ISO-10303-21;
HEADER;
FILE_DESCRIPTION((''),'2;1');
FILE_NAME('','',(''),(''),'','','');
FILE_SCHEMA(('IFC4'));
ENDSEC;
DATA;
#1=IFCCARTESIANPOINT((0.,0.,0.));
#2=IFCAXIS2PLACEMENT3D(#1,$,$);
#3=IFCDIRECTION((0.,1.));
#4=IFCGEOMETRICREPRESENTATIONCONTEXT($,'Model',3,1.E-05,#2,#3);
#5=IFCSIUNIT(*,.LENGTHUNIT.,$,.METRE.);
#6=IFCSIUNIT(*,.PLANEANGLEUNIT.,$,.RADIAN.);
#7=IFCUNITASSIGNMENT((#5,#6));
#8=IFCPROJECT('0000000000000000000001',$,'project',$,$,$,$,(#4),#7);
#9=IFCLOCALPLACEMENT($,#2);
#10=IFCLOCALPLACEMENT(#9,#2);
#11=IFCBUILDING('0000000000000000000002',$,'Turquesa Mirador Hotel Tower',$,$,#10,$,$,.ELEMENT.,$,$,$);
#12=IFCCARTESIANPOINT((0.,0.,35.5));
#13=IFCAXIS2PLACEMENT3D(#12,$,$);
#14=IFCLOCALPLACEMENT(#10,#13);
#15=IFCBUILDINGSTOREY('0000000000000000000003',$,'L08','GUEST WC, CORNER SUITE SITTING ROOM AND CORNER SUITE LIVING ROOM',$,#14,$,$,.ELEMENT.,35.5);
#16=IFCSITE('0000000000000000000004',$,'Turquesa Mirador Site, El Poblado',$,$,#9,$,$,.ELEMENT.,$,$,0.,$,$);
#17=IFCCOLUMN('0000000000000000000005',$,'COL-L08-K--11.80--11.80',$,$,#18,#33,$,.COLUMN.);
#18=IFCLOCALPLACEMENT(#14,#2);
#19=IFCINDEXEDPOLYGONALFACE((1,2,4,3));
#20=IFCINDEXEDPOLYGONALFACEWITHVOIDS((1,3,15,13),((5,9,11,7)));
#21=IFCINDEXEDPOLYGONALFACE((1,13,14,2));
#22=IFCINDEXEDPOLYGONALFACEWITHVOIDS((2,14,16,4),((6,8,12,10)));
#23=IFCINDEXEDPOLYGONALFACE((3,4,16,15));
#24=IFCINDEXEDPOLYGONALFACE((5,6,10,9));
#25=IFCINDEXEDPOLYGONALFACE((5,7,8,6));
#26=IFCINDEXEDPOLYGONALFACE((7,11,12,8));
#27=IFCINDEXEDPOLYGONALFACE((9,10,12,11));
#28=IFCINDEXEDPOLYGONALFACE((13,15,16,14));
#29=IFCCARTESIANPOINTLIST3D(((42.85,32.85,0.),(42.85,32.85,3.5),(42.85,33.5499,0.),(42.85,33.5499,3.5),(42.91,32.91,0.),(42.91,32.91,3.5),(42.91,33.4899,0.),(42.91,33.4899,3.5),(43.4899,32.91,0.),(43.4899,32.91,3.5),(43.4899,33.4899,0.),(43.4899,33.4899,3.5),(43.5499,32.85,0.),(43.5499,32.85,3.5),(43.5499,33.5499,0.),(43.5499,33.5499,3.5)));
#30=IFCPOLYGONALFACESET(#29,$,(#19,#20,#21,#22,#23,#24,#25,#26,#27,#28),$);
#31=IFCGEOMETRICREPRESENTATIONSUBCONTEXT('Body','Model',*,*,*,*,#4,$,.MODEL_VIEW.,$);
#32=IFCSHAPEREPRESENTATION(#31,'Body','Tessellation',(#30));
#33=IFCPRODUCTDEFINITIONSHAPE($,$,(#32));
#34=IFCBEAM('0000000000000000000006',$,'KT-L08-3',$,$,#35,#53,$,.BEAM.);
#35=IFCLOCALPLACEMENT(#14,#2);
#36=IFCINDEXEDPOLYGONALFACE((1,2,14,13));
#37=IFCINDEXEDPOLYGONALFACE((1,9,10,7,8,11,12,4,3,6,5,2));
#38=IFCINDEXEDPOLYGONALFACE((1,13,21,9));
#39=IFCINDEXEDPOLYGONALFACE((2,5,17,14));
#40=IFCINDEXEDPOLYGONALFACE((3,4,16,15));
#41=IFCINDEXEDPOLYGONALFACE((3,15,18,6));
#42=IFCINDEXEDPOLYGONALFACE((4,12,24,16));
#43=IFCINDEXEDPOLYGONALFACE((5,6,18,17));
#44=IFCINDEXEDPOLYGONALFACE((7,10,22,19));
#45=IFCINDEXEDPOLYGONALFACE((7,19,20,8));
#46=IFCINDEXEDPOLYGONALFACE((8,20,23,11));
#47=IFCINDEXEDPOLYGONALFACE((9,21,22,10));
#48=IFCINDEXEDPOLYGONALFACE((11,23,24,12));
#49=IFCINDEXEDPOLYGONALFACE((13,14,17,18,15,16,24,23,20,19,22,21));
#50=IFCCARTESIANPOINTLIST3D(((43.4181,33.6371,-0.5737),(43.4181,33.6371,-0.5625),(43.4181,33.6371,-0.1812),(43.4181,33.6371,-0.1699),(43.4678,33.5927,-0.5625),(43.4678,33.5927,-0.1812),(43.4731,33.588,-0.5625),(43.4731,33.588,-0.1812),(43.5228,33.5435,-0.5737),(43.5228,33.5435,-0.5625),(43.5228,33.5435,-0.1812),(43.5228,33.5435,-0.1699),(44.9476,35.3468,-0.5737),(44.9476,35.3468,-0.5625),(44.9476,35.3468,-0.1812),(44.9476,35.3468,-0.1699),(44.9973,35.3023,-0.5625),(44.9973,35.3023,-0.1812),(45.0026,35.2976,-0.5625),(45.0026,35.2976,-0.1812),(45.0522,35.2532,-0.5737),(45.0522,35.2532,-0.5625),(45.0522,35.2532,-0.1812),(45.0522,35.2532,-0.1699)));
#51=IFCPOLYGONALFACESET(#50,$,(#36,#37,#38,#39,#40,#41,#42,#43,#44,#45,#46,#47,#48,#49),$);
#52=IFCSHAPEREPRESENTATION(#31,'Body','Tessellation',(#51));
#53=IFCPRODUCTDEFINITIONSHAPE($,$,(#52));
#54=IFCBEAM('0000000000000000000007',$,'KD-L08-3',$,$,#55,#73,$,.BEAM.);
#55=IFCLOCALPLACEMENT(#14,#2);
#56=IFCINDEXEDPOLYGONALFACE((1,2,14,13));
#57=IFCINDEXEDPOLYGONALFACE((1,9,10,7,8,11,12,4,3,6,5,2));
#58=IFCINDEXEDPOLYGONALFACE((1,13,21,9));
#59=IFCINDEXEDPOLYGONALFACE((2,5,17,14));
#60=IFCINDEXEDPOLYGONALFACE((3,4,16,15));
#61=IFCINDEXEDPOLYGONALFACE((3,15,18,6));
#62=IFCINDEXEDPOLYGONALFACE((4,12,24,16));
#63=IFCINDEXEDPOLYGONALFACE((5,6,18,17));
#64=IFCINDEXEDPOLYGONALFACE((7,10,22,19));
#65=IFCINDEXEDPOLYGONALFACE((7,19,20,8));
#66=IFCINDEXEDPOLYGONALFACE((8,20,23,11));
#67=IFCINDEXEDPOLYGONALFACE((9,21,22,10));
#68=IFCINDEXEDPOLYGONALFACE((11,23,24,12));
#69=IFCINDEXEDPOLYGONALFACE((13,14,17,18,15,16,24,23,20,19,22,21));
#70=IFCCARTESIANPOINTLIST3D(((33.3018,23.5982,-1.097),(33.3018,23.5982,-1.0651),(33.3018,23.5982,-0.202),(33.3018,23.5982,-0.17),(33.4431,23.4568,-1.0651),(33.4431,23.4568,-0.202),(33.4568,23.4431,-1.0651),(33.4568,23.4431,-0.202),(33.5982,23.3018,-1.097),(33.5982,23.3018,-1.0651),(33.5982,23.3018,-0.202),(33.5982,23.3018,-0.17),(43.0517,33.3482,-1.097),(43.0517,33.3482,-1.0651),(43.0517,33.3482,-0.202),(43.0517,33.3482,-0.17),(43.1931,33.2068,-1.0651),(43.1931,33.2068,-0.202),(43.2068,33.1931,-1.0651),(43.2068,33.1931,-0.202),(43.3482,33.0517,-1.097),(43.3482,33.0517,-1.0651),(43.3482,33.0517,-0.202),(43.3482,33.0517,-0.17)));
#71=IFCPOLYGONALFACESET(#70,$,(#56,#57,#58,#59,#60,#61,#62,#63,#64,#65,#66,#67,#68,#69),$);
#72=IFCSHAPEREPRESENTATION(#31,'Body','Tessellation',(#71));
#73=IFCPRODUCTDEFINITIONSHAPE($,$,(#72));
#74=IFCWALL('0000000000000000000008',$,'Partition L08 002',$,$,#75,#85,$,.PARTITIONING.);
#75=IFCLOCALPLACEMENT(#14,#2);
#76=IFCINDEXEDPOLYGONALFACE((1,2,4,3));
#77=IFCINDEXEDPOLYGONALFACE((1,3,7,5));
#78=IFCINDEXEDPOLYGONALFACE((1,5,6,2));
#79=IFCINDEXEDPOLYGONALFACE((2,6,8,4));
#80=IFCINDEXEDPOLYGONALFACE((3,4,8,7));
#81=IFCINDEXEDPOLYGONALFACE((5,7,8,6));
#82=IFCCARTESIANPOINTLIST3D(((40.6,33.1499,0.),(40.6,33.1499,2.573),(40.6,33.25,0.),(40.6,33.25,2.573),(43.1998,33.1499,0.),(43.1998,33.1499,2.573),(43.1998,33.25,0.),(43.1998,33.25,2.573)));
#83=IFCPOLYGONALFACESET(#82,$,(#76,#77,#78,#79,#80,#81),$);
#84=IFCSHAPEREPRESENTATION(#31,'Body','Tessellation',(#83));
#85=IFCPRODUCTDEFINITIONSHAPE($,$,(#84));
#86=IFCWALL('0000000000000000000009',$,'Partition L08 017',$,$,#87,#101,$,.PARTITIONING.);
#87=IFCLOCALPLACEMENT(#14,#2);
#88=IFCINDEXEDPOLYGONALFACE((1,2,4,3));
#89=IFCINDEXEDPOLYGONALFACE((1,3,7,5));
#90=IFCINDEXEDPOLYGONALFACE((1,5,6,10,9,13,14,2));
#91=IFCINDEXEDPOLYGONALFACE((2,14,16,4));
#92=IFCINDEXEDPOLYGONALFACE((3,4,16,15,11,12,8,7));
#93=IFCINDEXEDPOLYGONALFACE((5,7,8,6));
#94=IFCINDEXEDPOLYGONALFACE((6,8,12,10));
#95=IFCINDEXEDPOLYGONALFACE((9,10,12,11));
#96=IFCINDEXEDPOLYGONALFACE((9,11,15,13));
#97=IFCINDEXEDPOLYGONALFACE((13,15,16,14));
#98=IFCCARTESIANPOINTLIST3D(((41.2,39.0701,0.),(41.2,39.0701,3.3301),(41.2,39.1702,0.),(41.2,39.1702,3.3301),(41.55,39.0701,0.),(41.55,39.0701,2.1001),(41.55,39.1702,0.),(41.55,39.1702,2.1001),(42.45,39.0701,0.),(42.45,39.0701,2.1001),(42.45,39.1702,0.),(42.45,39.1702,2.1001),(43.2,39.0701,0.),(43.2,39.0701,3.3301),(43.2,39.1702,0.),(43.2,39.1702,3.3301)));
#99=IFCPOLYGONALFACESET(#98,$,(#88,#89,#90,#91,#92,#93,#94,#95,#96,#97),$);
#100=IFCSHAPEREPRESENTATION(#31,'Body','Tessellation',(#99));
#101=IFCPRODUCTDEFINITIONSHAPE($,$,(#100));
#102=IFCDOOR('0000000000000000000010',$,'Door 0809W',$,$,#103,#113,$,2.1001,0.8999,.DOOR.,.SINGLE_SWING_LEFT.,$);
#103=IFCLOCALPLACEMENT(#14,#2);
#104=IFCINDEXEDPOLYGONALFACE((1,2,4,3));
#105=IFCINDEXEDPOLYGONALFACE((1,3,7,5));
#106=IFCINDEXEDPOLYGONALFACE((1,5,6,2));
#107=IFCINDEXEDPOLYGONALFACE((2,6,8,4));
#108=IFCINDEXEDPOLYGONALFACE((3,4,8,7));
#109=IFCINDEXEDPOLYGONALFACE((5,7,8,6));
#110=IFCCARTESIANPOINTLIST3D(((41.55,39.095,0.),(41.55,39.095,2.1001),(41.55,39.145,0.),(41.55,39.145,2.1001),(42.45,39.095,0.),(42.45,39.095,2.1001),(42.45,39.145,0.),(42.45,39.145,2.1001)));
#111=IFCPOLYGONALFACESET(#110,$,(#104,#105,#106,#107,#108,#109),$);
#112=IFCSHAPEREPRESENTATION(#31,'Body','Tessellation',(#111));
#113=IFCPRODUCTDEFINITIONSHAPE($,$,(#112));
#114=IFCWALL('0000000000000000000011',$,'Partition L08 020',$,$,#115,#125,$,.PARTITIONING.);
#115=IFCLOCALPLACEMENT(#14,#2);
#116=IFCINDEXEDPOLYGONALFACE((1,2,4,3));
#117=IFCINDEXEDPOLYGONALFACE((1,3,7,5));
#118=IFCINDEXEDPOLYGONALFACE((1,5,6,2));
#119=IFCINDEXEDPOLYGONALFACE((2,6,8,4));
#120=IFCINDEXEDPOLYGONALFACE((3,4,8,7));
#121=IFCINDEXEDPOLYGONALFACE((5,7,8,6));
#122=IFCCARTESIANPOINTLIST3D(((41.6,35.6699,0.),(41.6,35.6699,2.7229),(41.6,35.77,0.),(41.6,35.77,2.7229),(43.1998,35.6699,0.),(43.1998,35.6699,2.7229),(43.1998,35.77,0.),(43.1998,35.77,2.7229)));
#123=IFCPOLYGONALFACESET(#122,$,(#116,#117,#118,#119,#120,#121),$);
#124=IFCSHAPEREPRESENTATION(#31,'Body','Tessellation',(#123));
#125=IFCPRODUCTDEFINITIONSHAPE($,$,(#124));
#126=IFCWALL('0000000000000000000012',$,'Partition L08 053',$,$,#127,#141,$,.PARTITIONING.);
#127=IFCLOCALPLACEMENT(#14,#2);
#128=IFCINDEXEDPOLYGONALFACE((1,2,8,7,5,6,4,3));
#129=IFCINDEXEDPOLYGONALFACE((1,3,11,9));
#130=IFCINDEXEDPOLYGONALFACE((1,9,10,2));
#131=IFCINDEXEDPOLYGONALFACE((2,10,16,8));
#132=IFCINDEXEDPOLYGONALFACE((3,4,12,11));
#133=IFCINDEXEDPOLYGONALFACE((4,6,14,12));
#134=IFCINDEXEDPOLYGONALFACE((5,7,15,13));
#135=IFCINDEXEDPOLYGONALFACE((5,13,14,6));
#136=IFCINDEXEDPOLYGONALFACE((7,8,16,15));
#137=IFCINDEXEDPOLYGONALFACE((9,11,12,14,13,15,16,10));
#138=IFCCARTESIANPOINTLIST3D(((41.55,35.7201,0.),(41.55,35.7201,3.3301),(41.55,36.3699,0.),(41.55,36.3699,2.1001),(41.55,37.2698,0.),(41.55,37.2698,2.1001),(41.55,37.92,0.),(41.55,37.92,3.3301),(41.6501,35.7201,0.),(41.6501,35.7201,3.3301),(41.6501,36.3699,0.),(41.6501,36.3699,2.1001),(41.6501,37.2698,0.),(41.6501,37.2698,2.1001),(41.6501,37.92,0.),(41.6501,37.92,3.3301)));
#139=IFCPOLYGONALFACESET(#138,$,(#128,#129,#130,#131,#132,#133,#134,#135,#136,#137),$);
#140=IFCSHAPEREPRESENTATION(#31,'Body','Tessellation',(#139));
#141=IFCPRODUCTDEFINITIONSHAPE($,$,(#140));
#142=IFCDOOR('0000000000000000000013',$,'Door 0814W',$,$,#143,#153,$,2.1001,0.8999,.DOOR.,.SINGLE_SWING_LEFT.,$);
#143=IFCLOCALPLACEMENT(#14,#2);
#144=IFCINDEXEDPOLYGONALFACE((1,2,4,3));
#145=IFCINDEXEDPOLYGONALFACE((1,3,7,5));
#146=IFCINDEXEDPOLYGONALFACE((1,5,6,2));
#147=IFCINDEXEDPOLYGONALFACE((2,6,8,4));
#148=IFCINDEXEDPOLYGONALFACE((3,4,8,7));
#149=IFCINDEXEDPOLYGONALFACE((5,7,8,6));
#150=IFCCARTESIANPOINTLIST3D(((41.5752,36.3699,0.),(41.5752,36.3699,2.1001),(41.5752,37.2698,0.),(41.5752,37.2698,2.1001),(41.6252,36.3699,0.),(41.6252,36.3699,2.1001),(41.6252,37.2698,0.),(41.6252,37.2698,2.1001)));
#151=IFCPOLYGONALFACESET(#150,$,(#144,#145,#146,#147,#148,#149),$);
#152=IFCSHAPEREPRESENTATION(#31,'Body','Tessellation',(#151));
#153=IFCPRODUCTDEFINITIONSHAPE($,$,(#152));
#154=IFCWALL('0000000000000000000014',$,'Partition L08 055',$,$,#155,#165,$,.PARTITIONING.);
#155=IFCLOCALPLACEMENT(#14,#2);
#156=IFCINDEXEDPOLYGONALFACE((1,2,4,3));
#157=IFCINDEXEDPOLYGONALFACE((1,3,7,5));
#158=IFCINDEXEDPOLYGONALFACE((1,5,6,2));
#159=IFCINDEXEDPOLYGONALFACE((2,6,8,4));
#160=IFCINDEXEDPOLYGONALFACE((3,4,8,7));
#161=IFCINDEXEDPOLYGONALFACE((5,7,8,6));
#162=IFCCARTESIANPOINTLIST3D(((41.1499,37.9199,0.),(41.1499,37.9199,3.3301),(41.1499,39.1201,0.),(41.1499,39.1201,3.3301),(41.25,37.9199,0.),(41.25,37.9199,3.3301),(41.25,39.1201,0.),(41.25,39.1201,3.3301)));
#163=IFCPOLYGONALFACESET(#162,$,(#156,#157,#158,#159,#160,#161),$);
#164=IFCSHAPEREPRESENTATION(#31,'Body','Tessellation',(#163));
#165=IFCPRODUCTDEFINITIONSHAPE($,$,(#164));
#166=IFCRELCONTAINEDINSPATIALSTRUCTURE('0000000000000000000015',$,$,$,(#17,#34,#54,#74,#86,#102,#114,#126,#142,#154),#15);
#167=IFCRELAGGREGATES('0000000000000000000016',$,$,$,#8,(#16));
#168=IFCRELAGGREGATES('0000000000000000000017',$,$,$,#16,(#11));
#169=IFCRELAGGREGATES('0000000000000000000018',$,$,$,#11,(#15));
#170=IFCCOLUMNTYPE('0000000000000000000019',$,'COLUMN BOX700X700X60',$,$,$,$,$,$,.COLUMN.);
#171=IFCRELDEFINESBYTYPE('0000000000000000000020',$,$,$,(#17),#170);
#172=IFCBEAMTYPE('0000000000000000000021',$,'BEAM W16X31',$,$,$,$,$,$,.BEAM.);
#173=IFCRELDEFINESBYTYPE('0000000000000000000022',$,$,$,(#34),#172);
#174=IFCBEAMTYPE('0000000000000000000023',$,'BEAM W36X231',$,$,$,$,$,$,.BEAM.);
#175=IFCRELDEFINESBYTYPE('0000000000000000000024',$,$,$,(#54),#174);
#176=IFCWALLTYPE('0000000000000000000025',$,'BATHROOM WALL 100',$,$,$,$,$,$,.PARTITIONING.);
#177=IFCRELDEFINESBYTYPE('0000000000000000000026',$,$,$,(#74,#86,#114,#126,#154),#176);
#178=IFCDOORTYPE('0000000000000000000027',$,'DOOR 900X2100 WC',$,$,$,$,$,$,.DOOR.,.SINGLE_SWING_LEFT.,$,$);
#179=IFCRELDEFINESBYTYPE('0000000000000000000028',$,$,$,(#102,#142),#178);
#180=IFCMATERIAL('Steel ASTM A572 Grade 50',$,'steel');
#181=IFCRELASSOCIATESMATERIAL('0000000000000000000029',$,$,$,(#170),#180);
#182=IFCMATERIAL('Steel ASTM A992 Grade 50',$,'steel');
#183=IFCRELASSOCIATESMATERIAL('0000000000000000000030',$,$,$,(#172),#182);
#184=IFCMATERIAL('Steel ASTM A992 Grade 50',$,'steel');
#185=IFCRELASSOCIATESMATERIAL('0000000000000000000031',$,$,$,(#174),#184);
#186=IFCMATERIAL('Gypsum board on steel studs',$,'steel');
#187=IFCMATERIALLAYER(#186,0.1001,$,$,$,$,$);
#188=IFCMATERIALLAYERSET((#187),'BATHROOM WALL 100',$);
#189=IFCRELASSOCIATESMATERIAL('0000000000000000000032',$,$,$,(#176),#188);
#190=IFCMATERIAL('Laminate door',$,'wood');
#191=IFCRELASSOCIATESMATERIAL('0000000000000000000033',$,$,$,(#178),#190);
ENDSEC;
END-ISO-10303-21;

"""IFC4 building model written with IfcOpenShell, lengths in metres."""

from ifc_helpers import new_model, si_unit, direction, frame, frame_2d, origin, origin_2d, place, context, subcontext, project, spatial, rectangle, hollow_rectangle, i_section, extrude, material, layer, layer_set, material_profile, profile_set, type_object, element, fill, save


model = new_model("IFC4")

# Units and contexts
model_context = context("Model", 3, precision=1e-05, world=origin(), true_north=direction((0.0, 1.0)))
body_context = subcontext(model_context, "Body", "Model", "MODEL_VIEW")
ifc_project = project(units=[si_unit("LENGTHUNIT", "METRE"), si_unit("PLANEANGLEUNIT", "RADIAN")], contexts=[model_context])

# Site, building, storey
site_placement = place(None, origin())
site = spatial("IfcSite", under=ifc_project, at=site_placement, Name="Turquesa Mirador Site, El Poblado", CompositionType="ELEMENT", RefElevation=0.0)
building_placement = place(site_placement, origin())
building = spatial("IfcBuilding", under=site, at=building_placement, Name="Turquesa Mirador Hotel Tower", CompositionType="ELEMENT")
storey_placement = place(building_placement, frame((0.0, 0.0, 35.5)))
storey = spatial("IfcBuildingStorey", under=building, at=storey_placement, Name="L08", Description="GUEST WC, CORNER SUITE SITTING ROOM AND CORNER SUITE LIVING ROOM", CompositionType="ELEMENT", Elevation=35.5)

# Column
ifc_material_1 = material(Name="Steel ASTM A572 Grade 50", Category="steel")
ifc_material_profile_1 = material_profile(ifc_material_1, hollow_rectangle(XDim=0.7, YDim=0.7, WallThickness=0.0601, at=origin_2d()), Name="BOX700X700X60")
ifc_profile_set_1 = profile_set([ifc_material_profile_1], Name="Steel ASTM A572 Grade 50")
column_type = type_object("IfcColumnType", Name="COLUMN BOX700X700X60", PredefinedType="COLUMN", material=ifc_profile_set_1)
column_placement = place(storey_placement, frame((43.2, 33.2, 0.0), z_axis=(0.0, 0.0, 1.0), x_axis=(1.0, 0.0, 0.0)))
element("IfcColumn", 1, at=column_placement, inside=storey, type_object=column_type, Name="COL-L08-K--11.80--11.80", PredefinedType="COLUMN", context=body_context, shape_type="SweptSolid", body=[
    extrude(hollow_rectangle(XDim=0.7, YDim=0.7, WallThickness=0.0601, at=origin_2d()), origin(), (0.0, 0.0, 1.0), 3.5),
])

# Beams
ifc_material_2 = material(Name="Steel ASTM A992 Grade 50", Category="steel")
ifc_material_profile_2 = material_profile(ifc_material_2, i_section(OverallWidth=0.1404, OverallDepth=0.4038, WebThickness=0.0071, FlangeThickness=0.0112, at=origin_2d()), Name="W16X31")
ifc_profile_set_2 = profile_set([ifc_material_profile_2], Name="Steel ASTM A992 Grade 50")
beam_type_1 = type_object("IfcBeamType", Name="BEAM W16X31", PredefinedType="BEAM", material=ifc_profile_set_2)
beam_1_placement = place(storey_placement, frame((43.4705, 33.5903, -0.3718), z_axis=(0.666745, 0.745286, 0.0), x_axis=(-0.745286, 0.666745, 0.0)))
element("IfcBeam", 2, at=beam_1_placement, inside=storey, type_object=beam_type_1, Name="KT-L08-3", PredefinedType="BEAM", context=body_context, shape_type="SweptSolid", body=[
    extrude(i_section(OverallWidth=0.1404, OverallDepth=0.4038, WebThickness=0.0071, FlangeThickness=0.0112, at=origin_2d()), origin(), (0.0, 0.0, 1.0), 2.2939),
])
ifc_material_3 = material(Name="Steel ASTM A992 Grade 50", Category="steel")
ifc_material_profile_3 = material_profile(ifc_material_3, i_section(OverallWidth=0.4192, OverallDepth=0.927, WebThickness=0.0193, FlangeThickness=0.032, at=origin_2d()), Name="W36X231")
ifc_profile_set_3 = profile_set([ifc_material_profile_3], Name="Steel ASTM A992 Grade 50")
beam_type_2 = type_object("IfcBeamType", Name="BEAM W36X231", PredefinedType="BEAM", material=ifc_profile_set_3)
beam_2_placement = place(storey_placement, frame((43.2, 33.2, -0.6335), z_axis=(-0.707107, -0.707107, 0.0), x_axis=(0.707107, -0.707107, 0.0)))
element("IfcBeam", 3, at=beam_2_placement, inside=storey, type_object=beam_type_2, Name="KD-L08-3", PredefinedType="BEAM", context=body_context, shape_type="SweptSolid", body=[
    extrude(i_section(OverallWidth=0.4192, OverallDepth=0.927, WebThickness=0.0193, FlangeThickness=0.032, at=origin_2d()), origin(), (0.0, 0.0, 1.0), 13.7886),
])

# Wall
ifc_material_4 = material(Name="Gypsum board on steel studs", Category="steel")
ifc_layer_1 = layer(ifc_material_4, 0.1001)
ifc_layer_set_1 = layer_set([ifc_layer_1], Name="BATHROOM WALL 100")
wall_type_1 = type_object("IfcWallType", Name="BATHROOM WALL 100", PredefinedType="PARTITIONING", material=ifc_layer_set_1)
wall_1_placement = place(storey_placement, frame((40.6001, 33.2, 0.0), z_axis=(0.0, 0.0, 1.0), x_axis=(1.0, 0.0, 0.0)))
element("IfcWall", 4, at=wall_1_placement, inside=storey, type_object=wall_type_1, Name="Partition L08 002", PredefinedType="PARTITIONING", context=body_context, shape_type="SweptSolid", body=[
    extrude(rectangle(XDim=2.5999, YDim=0.1001, at=frame_2d((1.2998, 0.0))), origin(), (0.0, 0.0, 1.0), 2.573),
])

# Wall, opening, door
wall_2_placement = place(storey_placement, frame((41.2, 39.1201, 0.0), z_axis=(0.0, 0.0, 1.0), x_axis=(1.0, 0.0, 0.0)))
wall_2 = element("IfcWall", 5, at=wall_2_placement, inside=storey, type_object=wall_type_1, Name="Partition L08 017", PredefinedType="PARTITIONING", context=body_context, shape_type="SweptSolid", body=[
    extrude(rectangle(XDim=2.0, YDim=0.1001, at=frame_2d((1.0, 0.0))), origin(), (0.0, 0.0, 1.0), 3.3301),
])
opening_1_placement = place(wall_2_placement, frame((0.3501, 0.0, 0.0)))
opening_1 = element("IfcOpeningElement", 6, at=opening_1_placement, cuts=wall_2, PredefinedType="OPENING", context=body_context, shape_type="SweptSolid", body=[
    extrude(rectangle(XDim=0.8999, YDim=2.1001, at=frame_2d((0.45, 1.05))), frame((0.0, 0.0601, 0.0), z_axis=(0.0, -1.0, 0.0), x_axis=(1.0, 0.0, 0.0)), (0.0, 0.0, 1.0), 0.1201),
])
ifc_material_5 = material(Name="Laminate door", Category="wood")
door_type_1 = type_object("IfcDoorType", Name="DOOR 900X2100 WC", OperationType="SINGLE_SWING_LEFT", PredefinedType="DOOR", material=ifc_material_5)
door_1_placement = place(opening_1_placement, origin())
door_1 = element("IfcDoor", 7, at=door_1_placement, inside=storey, type_object=door_type_1, Name="Door 0809W", OperationType="SINGLE_SWING_LEFT", OverallHeight=2.1001, OverallWidth=0.8999, PredefinedType="DOOR", context=body_context, shape_type="SweptSolid", body=[
    extrude(rectangle(XDim=0.8999, YDim=2.1001, at=frame_2d((0.45, 1.05))), frame((0.0, 0.0249, 0.0), z_axis=(0.0, -1.0, 0.0), x_axis=(1.0, 0.0, 0.0)), (0.0, 0.0, 1.0), 0.05),
])
fill(opening_1, door_1)

# Wall
wall_3_placement = place(storey_placement, frame((41.6001, 35.72, 0.0), z_axis=(0.0, 0.0, 1.0), x_axis=(1.0, 0.0, 0.0)))
element("IfcWall", 8, at=wall_3_placement, inside=storey, type_object=wall_type_1, Name="Partition L08 020", PredefinedType="PARTITIONING", context=body_context, shape_type="SweptSolid", body=[
    extrude(rectangle(XDim=1.5999, YDim=0.1001, at=frame_2d((0.7998, 0.0))), origin(), (0.0, 0.0, 1.0), 2.7229),
])

# Wall, opening, door
wall_4_placement = place(storey_placement, frame((41.6001, 35.72, 0.0), z_axis=(0.0, 0.0, 1.0), x_axis=(0.0, 1.0, 0.0)))
wall_4 = element("IfcWall", 9, at=wall_4_placement, inside=storey, type_object=wall_type_1, Name="Partition L08 053", PredefinedType="PARTITIONING", context=body_context, shape_type="SweptSolid", body=[
    extrude(rectangle(XDim=2.2, YDim=0.1001, at=frame_2d((1.1001, 0.0))), origin(), (0.0, 0.0, 1.0), 3.3301),
])
opening_2_placement = place(wall_4_placement, frame((0.6499, 0.0, 0.0)))
opening_2 = element("IfcOpeningElement", 10, at=opening_2_placement, cuts=wall_4, PredefinedType="OPENING", context=body_context, shape_type="SweptSolid", body=[
    extrude(rectangle(XDim=0.8999, YDim=2.1001, at=frame_2d((0.45, 1.05))), frame((0.0, 0.0601, 0.0), z_axis=(0.0, -1.0, 0.0), x_axis=(1.0, 0.0, 0.0)), (0.0, 0.0, 1.0), 0.1201),
])
door_2_placement = place(opening_2_placement, origin())
door_2 = element("IfcDoor", 11, at=door_2_placement, inside=storey, type_object=door_type_1, Name="Door 0814W", OperationType="SINGLE_SWING_LEFT", OverallHeight=2.1001, OverallWidth=0.8999, PredefinedType="DOOR", context=body_context, shape_type="SweptSolid", body=[
    extrude(rectangle(XDim=0.8999, YDim=2.1001, at=frame_2d((0.45, 1.05))), frame((0.0, 0.0249, 0.0), z_axis=(0.0, -1.0, 0.0), x_axis=(1.0, 0.0, 0.0)), (0.0, 0.0, 1.0), 0.05),
])
fill(opening_2, door_2)

# Wall
wall_5_placement = place(storey_placement, frame((41.2, 37.9199, 0.0), z_axis=(0.0, 0.0, 1.0), x_axis=(0.0, 1.0, 0.0)))
element("IfcWall", 12, at=wall_5_placement, inside=storey, type_object=wall_type_1, Name="Partition L08 055", PredefinedType="PARTITIONING", context=body_context, shape_type="SweptSolid", body=[
    extrude(rectangle(XDim=1.2002, YDim=0.1001, at=frame_2d((0.6001, 0.0))), origin(), (0.0, 0.0, 1.0), 3.3301),
])

save(model, "model.ifc")
